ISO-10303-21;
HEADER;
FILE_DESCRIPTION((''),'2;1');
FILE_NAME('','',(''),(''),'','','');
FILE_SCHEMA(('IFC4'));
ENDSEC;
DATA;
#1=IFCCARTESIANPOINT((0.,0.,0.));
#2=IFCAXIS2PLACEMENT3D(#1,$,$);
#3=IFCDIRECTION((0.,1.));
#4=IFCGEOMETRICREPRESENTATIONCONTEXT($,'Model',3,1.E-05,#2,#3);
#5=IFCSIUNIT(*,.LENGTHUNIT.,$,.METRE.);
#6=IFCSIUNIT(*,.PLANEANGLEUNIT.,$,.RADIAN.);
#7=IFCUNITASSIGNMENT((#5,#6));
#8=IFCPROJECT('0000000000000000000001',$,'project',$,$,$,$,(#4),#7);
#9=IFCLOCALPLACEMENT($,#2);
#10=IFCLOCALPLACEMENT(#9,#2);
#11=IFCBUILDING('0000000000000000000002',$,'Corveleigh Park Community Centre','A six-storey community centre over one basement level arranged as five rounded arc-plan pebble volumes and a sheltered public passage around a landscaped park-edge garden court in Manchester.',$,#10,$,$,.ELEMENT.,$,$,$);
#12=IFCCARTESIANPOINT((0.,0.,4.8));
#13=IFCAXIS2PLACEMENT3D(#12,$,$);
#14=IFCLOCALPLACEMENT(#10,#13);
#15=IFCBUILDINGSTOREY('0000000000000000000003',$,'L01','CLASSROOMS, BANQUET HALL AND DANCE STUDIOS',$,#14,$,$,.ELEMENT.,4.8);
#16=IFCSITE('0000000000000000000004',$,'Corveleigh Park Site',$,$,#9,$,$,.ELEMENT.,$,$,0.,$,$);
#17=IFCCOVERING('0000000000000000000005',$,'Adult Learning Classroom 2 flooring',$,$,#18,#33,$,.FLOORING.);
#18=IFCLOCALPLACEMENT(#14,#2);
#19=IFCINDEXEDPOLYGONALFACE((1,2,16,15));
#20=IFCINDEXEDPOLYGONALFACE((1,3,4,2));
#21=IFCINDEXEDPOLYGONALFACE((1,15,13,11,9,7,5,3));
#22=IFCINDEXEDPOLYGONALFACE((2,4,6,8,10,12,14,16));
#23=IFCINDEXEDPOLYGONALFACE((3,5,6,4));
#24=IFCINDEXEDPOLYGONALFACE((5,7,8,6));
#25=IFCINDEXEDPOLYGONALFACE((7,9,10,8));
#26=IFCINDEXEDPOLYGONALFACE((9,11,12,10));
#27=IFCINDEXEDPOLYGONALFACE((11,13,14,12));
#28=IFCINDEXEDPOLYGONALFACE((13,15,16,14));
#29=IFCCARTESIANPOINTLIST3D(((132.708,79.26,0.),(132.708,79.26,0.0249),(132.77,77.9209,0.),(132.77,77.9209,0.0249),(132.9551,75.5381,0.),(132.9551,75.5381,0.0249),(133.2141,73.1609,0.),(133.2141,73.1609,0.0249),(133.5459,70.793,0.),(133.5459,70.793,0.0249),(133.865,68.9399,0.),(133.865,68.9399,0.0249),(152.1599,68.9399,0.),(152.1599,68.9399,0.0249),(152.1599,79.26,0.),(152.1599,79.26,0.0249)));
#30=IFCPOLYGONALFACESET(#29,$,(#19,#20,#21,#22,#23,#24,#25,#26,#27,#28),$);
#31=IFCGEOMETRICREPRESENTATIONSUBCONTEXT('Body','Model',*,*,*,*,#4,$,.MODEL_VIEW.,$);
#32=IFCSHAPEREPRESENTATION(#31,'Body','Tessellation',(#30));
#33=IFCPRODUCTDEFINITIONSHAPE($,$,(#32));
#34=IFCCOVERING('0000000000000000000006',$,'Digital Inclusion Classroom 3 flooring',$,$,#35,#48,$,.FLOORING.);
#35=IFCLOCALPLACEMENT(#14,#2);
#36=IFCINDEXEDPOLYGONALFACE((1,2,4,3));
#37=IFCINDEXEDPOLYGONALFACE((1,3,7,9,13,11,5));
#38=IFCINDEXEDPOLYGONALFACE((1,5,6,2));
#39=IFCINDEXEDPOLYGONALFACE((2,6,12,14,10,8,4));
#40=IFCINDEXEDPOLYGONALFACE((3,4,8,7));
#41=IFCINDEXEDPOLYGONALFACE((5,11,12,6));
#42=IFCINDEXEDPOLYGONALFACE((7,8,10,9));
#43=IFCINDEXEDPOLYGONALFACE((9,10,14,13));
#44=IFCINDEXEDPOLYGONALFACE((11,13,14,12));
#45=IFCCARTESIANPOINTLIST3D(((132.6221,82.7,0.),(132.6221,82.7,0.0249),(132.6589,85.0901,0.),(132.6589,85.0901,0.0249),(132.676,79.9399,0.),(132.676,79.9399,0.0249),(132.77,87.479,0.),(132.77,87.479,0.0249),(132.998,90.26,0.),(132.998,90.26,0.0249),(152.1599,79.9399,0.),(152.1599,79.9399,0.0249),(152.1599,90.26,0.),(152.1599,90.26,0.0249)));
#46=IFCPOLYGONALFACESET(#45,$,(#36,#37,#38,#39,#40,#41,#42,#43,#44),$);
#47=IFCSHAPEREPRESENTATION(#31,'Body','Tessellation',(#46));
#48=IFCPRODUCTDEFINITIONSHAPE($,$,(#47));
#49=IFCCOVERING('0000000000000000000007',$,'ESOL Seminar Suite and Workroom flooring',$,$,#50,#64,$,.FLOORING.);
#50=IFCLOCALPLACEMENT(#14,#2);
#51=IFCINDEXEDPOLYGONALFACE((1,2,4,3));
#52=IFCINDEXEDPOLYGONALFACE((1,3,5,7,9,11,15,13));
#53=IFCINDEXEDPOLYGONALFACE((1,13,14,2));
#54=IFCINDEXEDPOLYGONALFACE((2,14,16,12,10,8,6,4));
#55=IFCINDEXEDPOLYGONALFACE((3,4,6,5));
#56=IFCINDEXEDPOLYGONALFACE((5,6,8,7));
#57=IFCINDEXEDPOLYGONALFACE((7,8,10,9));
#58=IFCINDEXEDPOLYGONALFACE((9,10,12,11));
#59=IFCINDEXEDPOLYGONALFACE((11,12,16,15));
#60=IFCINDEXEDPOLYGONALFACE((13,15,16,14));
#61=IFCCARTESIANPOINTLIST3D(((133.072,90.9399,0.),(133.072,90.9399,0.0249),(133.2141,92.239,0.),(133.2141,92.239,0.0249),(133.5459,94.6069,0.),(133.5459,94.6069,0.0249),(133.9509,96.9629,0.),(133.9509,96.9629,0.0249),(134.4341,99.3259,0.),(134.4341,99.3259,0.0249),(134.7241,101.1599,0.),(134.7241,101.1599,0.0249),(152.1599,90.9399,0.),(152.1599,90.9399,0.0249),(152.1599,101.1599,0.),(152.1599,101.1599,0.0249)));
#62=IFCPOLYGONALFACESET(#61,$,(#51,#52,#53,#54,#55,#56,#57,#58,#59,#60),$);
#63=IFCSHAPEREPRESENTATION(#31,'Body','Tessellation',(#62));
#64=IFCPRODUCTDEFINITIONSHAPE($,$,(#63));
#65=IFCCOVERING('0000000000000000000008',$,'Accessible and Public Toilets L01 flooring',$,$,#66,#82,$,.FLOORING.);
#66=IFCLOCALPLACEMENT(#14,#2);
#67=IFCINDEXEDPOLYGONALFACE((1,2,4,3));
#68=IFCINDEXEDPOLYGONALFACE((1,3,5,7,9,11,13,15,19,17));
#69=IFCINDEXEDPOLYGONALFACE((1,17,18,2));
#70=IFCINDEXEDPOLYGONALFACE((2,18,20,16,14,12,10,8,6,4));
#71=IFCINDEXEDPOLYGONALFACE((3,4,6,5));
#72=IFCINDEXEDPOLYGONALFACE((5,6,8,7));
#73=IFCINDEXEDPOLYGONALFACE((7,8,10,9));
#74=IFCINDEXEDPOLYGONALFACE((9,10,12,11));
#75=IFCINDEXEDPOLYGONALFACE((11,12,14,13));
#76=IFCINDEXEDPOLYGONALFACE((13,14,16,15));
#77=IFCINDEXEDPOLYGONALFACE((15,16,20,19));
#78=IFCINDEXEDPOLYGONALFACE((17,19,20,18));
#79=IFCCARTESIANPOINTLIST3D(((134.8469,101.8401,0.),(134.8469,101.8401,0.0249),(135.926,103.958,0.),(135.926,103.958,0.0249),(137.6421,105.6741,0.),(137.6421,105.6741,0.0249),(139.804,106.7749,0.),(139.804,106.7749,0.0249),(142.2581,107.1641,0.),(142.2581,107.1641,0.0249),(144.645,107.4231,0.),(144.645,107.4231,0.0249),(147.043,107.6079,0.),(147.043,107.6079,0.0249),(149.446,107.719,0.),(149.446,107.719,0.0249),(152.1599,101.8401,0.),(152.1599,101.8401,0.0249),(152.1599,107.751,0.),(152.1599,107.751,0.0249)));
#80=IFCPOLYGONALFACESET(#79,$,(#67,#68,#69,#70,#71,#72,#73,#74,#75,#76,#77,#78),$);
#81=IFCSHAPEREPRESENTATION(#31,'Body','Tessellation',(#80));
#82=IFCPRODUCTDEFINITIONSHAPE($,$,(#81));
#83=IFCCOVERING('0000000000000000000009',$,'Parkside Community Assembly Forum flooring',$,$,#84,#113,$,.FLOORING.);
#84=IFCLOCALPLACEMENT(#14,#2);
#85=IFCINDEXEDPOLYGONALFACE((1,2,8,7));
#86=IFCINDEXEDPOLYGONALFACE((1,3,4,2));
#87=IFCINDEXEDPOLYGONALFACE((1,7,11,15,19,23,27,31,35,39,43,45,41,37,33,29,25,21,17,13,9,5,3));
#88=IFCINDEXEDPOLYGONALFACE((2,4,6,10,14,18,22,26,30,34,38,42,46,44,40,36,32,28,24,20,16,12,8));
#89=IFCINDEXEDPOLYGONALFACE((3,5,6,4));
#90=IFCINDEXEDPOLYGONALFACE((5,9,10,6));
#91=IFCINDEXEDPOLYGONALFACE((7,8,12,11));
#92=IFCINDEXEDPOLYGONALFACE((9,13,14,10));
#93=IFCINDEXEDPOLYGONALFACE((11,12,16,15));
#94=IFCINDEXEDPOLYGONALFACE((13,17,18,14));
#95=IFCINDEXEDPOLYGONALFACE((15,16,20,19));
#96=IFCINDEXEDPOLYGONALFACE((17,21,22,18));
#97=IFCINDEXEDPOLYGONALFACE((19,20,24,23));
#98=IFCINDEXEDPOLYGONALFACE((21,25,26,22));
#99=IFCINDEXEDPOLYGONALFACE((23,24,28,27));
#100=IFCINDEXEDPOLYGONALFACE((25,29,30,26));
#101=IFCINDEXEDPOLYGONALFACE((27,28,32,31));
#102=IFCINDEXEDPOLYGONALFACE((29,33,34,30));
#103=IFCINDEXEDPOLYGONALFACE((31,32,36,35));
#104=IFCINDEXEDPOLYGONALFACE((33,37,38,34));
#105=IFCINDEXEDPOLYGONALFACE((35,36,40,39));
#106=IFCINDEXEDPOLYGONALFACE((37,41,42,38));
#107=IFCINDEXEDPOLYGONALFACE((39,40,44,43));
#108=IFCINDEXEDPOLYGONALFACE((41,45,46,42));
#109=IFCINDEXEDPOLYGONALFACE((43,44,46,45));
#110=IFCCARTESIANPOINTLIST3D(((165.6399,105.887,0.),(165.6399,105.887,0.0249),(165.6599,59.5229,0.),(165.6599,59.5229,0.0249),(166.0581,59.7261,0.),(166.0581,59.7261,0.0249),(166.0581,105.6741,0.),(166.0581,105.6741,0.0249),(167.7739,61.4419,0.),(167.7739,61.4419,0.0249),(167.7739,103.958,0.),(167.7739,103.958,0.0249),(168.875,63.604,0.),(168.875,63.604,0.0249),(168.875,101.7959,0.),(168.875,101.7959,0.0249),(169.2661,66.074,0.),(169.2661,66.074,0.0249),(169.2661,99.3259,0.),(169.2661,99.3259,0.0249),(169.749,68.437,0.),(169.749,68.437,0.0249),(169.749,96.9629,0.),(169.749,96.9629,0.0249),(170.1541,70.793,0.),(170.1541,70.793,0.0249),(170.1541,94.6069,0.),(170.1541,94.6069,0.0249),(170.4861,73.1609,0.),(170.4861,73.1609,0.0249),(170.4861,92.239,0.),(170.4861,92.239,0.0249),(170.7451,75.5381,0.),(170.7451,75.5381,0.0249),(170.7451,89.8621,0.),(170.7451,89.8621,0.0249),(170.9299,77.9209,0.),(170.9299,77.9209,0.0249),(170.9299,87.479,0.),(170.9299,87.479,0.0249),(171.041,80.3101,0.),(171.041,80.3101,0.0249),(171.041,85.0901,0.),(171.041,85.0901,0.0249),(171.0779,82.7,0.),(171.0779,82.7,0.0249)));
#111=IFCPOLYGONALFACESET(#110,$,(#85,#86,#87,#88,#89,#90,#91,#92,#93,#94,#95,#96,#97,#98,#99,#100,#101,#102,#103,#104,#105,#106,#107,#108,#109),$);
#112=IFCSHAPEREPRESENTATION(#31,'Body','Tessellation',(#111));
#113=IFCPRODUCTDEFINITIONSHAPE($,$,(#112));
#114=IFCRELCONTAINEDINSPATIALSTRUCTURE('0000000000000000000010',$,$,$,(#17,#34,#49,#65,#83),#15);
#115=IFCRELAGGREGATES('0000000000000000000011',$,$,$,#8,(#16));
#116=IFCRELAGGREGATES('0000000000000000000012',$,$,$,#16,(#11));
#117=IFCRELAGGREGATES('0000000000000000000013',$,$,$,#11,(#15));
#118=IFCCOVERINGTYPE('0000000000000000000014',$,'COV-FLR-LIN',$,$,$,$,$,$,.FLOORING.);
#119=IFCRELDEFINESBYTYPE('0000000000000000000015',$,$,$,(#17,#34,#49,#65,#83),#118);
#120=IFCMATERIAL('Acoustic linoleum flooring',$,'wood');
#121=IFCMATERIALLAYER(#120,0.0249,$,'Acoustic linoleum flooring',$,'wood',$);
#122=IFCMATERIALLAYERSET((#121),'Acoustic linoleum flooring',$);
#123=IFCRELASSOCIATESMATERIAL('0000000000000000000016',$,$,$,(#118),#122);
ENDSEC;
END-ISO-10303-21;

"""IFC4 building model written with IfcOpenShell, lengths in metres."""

from ifc_helpers import new_model, si_unit, direction, frame, origin, place, context, subcontext, project, spatial, polyline, outline, extrude, material, layer, layer_set, type_object, element, save


model = new_model("IFC4")

# Units and contexts
model_context = context("Model", 3, precision=1e-05, world=origin(), true_north=direction((0.0, 1.0)))
body_context = subcontext(model_context, "Body", "Model", "MODEL_VIEW")
ifc_project = project(units=[si_unit("LENGTHUNIT", "METRE"), si_unit("PLANEANGLEUNIT", "RADIAN")], contexts=[model_context])

# Site, building, storey
site_placement = place(None, origin())
site = spatial("IfcSite", under=ifc_project, at=site_placement, Name="Corveleigh Park Site", CompositionType="ELEMENT", RefElevation=0.0)
building_placement = place(site_placement, origin())
building = spatial("IfcBuilding", under=site, at=building_placement, Name="Corveleigh Park Community Centre", Description="A six-storey community centre over one basement level arranged as five rounded arc-plan pebble volumes and a sheltered public passage around a landscaped park-edge garden court in Manchester.", CompositionType="ELEMENT")
storey_placement = place(building_placement, frame((0.0, 0.0, 4.8)))
storey = spatial("IfcBuildingStorey", under=building, at=storey_placement, Name="L01", Description="CLASSROOMS, BANQUET HALL AND DANCE STUDIOS", CompositionType="ELEMENT", Elevation=4.8)

# Coverings
ifc_material_1 = material(Name="Acoustic linoleum flooring", Category="wood")
ifc_layer_1 = layer(ifc_material_1, 0.0249, Name="Acoustic linoleum flooring", Category="wood")
ifc_layer_set_1 = layer_set([ifc_layer_1], Name="Acoustic linoleum flooring")
covering_type_1 = type_object("IfcCoveringType", Name="COV-FLR-LIN", PredefinedType="FLOORING", material=ifc_layer_set_1)
covering_1_placement = place(storey_placement, origin())
element("IfcCovering", 1, at=covering_1_placement, inside=storey, type_object=covering_type_1, Name="Adult Learning Classroom 2 flooring", PredefinedType="FLOORING", context=body_context, shape_type="SweptSolid", body=[
    extrude(outline(polyline([(132.77, 77.9209), (132.708, 79.26), (152.1599, 79.26), (152.1599, 68.9399), (133.865, 68.9399), (133.5459, 70.793), (133.2141, 73.1609), (132.9551, 75.5381), (132.77, 77.9209)])), origin(), (0.0, 0.0, 1.0), 0.0249),
])
covering_2_placement = place(storey_placement, origin())
element("IfcCovering", 2, at=covering_2_placement, inside=storey, type_object=covering_type_1, Name="Digital Inclusion Classroom 3 flooring", PredefinedType="FLOORING", context=body_context, shape_type="SweptSolid", body=[
    extrude(outline(polyline([(132.6589, 85.0901), (132.77, 87.479), (132.998, 90.26), (152.1599, 90.26), (152.1599, 79.9399), (132.676, 79.9399), (132.6221, 82.7), (132.6589, 85.0901)])), origin(), (0.0, 0.0, 1.0), 0.0249),
])
covering_3_placement = place(storey_placement, origin())
element("IfcCovering", 3, at=covering_3_placement, inside=storey, type_object=covering_type_1, Name="ESOL Seminar Suite and Workroom flooring", PredefinedType="FLOORING", context=body_context, shape_type="SweptSolid", body=[
    extrude(outline(polyline([(133.2141, 92.239), (133.5459, 94.6069), (133.9509, 96.9629), (134.4341, 99.3259), (134.7241, 101.1599), (152.1599, 101.1599), (152.1599, 90.9399), (133.072, 90.9399), (133.2141, 92.239)])), origin(), (0.0, 0.0, 1.0), 0.0249),
])
covering_4_placement = place(storey_placement, origin())
element("IfcCovering", 4, at=covering_4_placement, inside=storey, type_object=covering_type_1, Name="Accessible and Public Toilets L01 flooring", PredefinedType="FLOORING", context=body_context, shape_type="SweptSolid", body=[
    extrude(outline(polyline([(137.6421, 105.6741), (139.804, 106.7749), (142.2581, 107.1641), (144.645, 107.4231), (147.043, 107.6079), (149.446, 107.719), (152.1599, 107.751), (152.1599, 101.8401), (134.8469, 101.8401), (135.926, 103.958), (137.6421, 105.6741)])), origin(), (0.0, 0.0, 1.0), 0.0249),
])
covering_5_placement = place(storey_placement, origin())
element("IfcCovering", 5, at=covering_5_placement, inside=storey, type_object=covering_type_1, Name="Parkside Community Assembly Forum flooring", PredefinedType="FLOORING", context=body_context, shape_type="SweptSolid", body=[
    extrude(outline(polyline([(165.6599, 59.5229), (165.6399, 105.887), (166.0581, 105.6741), (167.7739, 103.958), (168.875, 101.7959), (169.2661, 99.3259), (169.749, 96.9629), (170.1541, 94.6069), (170.4861, 92.239), (170.7451, 89.8621), (170.9299, 87.479), (171.041, 85.0901), (171.0779, 82.7), (171.041, 80.3101), (170.9299, 77.9209), (170.7451, 75.5381), (170.4861, 73.1609), (170.1541, 70.793), (169.749, 68.437), (169.2661, 66.074), (168.875, 63.604), (167.7739, 61.4419), (166.0581, 59.7261), (165.6599, 59.5229)])), origin(), (0.0, 0.0, 1.0), 0.0249),
])

save(model, "model.ifc")
